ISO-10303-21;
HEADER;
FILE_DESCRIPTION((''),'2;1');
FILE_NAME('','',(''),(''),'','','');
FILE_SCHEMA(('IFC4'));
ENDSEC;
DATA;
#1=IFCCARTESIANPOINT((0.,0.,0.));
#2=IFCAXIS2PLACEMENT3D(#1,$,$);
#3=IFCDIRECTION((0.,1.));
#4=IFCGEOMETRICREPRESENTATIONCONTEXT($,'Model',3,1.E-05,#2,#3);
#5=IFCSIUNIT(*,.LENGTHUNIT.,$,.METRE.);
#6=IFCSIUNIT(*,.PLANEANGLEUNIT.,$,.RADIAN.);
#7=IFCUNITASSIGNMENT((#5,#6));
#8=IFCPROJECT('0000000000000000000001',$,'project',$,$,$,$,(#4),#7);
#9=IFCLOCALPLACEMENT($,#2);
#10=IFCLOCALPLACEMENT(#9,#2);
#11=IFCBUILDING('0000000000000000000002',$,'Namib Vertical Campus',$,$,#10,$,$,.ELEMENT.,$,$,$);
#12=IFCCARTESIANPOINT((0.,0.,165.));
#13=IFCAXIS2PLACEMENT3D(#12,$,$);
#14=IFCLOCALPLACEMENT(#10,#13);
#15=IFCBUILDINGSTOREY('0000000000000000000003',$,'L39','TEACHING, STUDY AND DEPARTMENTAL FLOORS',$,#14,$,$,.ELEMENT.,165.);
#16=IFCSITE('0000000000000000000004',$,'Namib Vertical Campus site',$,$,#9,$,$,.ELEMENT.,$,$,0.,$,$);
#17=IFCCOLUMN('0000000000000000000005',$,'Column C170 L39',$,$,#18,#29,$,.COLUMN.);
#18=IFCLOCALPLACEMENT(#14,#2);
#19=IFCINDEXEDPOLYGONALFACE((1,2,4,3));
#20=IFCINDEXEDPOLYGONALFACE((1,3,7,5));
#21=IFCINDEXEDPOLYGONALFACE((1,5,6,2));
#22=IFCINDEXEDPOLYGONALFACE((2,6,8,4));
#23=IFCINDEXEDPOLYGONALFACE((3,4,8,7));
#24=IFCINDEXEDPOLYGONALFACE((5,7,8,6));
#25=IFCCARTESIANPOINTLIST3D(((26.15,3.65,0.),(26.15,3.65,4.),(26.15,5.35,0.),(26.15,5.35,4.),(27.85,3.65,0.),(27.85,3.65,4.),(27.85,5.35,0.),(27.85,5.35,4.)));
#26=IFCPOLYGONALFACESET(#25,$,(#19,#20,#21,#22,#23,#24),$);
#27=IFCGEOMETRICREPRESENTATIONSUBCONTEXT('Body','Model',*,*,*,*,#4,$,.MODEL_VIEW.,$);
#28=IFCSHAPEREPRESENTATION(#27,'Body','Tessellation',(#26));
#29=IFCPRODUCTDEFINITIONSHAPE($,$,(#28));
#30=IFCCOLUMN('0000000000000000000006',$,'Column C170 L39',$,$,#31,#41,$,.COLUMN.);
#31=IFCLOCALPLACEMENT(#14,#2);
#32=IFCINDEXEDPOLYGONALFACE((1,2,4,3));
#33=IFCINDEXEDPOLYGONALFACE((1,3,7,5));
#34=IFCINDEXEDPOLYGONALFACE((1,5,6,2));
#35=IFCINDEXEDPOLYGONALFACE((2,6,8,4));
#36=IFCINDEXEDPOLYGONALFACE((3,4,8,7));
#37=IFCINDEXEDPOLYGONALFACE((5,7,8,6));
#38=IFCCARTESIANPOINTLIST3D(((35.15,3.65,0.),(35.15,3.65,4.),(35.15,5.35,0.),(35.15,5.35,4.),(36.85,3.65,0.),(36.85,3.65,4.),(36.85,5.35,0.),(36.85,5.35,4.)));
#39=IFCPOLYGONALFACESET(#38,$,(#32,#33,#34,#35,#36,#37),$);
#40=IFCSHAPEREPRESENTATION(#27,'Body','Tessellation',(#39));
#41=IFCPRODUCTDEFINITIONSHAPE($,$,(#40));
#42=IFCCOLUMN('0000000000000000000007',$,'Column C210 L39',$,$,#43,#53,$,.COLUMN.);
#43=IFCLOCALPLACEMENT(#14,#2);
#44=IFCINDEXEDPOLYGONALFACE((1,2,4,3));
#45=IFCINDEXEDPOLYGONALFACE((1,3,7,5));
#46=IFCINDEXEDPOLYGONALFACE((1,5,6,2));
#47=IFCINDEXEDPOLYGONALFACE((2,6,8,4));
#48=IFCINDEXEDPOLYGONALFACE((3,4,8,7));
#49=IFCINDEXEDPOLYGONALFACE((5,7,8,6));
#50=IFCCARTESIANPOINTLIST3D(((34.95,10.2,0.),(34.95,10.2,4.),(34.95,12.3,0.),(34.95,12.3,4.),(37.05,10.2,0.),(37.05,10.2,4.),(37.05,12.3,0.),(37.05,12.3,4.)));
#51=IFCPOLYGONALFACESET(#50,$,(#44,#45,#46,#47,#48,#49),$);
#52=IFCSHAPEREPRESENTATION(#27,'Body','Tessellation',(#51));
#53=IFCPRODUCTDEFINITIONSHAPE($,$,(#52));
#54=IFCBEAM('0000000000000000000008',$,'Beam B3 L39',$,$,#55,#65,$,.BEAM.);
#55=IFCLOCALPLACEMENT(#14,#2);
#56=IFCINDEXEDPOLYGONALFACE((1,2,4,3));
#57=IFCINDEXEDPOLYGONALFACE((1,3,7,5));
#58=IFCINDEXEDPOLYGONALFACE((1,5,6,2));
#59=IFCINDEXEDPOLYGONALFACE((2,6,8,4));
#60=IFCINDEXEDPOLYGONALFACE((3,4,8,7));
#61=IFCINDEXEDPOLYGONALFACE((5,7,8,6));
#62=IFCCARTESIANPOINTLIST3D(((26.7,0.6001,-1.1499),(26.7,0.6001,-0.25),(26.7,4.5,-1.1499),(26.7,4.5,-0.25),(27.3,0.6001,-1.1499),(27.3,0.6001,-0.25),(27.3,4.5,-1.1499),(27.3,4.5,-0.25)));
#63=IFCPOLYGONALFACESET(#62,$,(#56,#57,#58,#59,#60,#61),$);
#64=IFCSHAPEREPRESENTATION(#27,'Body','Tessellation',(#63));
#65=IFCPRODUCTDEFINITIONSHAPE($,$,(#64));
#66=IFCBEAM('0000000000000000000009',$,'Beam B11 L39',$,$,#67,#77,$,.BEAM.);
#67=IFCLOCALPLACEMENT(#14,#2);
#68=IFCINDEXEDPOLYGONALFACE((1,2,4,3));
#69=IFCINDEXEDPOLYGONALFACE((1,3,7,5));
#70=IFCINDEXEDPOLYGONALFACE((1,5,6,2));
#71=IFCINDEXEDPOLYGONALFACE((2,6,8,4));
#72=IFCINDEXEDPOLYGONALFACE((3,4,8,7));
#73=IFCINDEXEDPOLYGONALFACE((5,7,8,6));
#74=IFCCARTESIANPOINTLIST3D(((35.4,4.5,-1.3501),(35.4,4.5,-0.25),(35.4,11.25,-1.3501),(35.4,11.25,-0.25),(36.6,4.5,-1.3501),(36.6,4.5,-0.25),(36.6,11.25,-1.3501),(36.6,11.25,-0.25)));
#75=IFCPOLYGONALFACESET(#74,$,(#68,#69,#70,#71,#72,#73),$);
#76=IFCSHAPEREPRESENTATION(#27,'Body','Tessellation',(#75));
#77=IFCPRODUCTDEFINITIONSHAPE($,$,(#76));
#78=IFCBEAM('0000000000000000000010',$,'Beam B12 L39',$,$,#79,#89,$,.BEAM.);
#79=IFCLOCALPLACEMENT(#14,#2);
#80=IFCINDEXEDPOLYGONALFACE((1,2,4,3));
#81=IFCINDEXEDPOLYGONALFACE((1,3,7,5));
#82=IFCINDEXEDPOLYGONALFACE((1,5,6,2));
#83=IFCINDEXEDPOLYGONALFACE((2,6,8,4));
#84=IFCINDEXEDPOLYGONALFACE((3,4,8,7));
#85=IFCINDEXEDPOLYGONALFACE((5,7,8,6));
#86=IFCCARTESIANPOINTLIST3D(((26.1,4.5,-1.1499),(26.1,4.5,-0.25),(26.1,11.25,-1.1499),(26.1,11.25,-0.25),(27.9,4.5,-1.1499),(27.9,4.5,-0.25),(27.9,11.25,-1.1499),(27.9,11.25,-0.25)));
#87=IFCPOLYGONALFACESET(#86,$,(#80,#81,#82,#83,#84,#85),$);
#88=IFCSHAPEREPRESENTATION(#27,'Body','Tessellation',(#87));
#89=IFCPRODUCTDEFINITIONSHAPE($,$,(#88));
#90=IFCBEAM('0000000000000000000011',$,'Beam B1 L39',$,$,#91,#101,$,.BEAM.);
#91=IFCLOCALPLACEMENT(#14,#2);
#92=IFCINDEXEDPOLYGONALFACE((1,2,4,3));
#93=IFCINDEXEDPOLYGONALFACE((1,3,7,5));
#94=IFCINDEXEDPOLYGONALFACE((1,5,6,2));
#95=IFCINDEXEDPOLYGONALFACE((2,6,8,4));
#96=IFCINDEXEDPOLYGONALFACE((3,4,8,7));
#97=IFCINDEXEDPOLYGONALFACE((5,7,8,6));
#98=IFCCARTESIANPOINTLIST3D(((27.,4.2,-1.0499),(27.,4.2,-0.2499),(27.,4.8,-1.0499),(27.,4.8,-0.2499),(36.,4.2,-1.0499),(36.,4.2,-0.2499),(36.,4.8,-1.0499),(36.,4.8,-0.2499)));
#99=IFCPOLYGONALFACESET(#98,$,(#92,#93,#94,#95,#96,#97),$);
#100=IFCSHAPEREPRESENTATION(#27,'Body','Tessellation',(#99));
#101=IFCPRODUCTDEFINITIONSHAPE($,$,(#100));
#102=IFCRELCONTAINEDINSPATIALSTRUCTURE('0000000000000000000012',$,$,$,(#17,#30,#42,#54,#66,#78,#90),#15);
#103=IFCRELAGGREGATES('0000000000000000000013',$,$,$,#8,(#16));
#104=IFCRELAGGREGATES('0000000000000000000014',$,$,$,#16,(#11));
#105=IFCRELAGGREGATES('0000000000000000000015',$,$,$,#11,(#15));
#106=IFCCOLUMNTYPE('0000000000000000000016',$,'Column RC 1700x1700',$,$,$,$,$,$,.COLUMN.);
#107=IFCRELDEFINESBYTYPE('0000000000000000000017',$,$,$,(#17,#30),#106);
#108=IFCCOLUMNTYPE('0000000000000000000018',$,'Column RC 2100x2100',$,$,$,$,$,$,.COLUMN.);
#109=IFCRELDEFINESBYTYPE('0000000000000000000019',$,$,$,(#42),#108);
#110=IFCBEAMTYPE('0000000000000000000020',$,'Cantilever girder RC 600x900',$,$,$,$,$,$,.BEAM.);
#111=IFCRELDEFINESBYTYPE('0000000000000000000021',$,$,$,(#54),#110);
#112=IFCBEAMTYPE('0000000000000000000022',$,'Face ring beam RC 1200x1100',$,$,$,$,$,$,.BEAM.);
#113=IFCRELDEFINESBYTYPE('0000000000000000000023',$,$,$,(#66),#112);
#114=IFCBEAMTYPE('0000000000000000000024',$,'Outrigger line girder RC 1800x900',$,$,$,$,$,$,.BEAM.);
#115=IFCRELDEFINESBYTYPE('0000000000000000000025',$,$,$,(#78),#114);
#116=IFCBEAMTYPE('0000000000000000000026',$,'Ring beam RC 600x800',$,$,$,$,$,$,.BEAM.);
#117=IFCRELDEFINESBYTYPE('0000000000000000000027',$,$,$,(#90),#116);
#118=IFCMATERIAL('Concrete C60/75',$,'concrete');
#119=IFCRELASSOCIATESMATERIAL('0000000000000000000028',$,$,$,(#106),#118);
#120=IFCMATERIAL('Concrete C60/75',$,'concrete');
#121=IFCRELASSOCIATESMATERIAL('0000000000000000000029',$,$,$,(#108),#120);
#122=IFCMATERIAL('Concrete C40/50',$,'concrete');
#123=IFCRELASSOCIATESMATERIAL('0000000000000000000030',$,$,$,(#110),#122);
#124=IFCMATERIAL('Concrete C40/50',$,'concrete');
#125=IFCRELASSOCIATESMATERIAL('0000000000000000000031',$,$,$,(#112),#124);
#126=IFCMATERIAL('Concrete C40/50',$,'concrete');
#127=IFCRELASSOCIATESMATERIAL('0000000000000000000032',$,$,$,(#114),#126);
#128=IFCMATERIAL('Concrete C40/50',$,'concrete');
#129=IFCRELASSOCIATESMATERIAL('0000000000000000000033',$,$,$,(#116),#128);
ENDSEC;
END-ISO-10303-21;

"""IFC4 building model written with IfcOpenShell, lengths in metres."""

from ifc_helpers import new_model, si_unit, direction, frame, origin, origin_2d, place, context, subcontext, project, spatial, rectangle, extrude, material, material_profile, profile_set, type_object, element, save


model = new_model("IFC4")

# Units and contexts
model_context = context("Model", 3, precision=1e-05, world=origin(), true_north=direction((0.0, 1.0)))
body_context = subcontext(model_context, "Body", "Model", "MODEL_VIEW")
ifc_project = project(units=[si_unit("LENGTHUNIT", "METRE"), si_unit("PLANEANGLEUNIT", "RADIAN")], contexts=[model_context])

# Site, building, storey
site_placement = place(None, origin())
site = spatial("IfcSite", under=ifc_project, at=site_placement, Name="Namib Vertical Campus site", CompositionType="ELEMENT", RefElevation=0.0)
building_placement = place(site_placement, origin())
building = spatial("IfcBuilding", under=site, at=building_placement, Name="Namib Vertical Campus", CompositionType="ELEMENT")
storey_placement = place(building_placement, frame((0.0, 0.0, 165.0)))
storey = spatial("IfcBuildingStorey", under=building, at=storey_placement, Name="L39", Description="TEACHING, STUDY AND DEPARTMENTAL FLOORS", CompositionType="ELEMENT", Elevation=165.0)

# Columns
ifc_material_1 = material(Name="Concrete C60/75", Category="concrete")
ifc_material_profile_1 = material_profile(ifc_material_1, rectangle(XDim=1.7, YDim=1.7, at=origin_2d()))
ifc_profile_set_1 = profile_set([ifc_material_profile_1], Name="Concrete C60/75")
column_type_1 = type_object("IfcColumnType", Name="Column RC 1700x1700", PredefinedType="COLUMN", material=ifc_profile_set_1)
for number, where, z_axis, x_axis, name in (
    (1, (27.0, 4.5, 0.0), (0.0, 0.0, 1.0), (1.0, 0.0, 0.0), "Column C170 L39"),
    (2, (36.0, 4.5, 0.0), (0.0, 0.0, 1.0), (1.0, 0.0, 0.0), "Column C170 L39"),
):
    element("IfcColumn", number, at=place(storey_placement, frame(where, z_axis=z_axis, x_axis=x_axis)), inside=storey, type_object=column_type_1, Name=name, PredefinedType="COLUMN", context=body_context, shape_type="SweptSolid", body=[
        extrude(rectangle(XDim=1.7, YDim=1.7, at=origin_2d()), origin(), (0.0, 0.0, 1.0), 4.0),
    ])
ifc_material_2 = material(Name="Concrete C60/75", Category="concrete")
ifc_material_profile_2 = material_profile(ifc_material_2, rectangle(XDim=2.1001, YDim=2.1001, at=origin_2d()))
ifc_profile_set_2 = profile_set([ifc_material_profile_2], Name="Concrete C60/75")
column_type_2 = type_object("IfcColumnType", Name="Column RC 2100x2100", PredefinedType="COLUMN", material=ifc_profile_set_2)
column_placement = place(storey_placement, frame((36.0, 11.25, 0.0), z_axis=(0.0, 0.0, 1.0), x_axis=(1.0, 0.0, 0.0)))
element("IfcColumn", 3, at=column_placement, inside=storey, type_object=column_type_2, Name="Column C210 L39", PredefinedType="COLUMN", context=body_context, shape_type="SweptSolid", body=[
    extrude(rectangle(XDim=2.1001, YDim=2.1001, at=origin_2d()), origin(), (0.0, 0.0, 1.0), 4.0),
])

# Beams
ifc_material_3 = material(Name="Concrete C40/50", Category="concrete")
ifc_material_profile_3 = material_profile(ifc_material_3, rectangle(XDim=0.6001, YDim=0.8999, at=origin_2d()))
ifc_profile_set_3 = profile_set([ifc_material_profile_3], Name="Concrete C40/50")
beam_type_1 = type_object("IfcBeamType", Name="Cantilever girder RC 600x900", PredefinedType="BEAM", material=ifc_profile_set_3)
beam_1_placement = place(storey_placement, frame((27.0, 4.5, -0.7), z_axis=(0.0, -1.0, 0.0), x_axis=(1.0, 0.0, 0.0)))
element("IfcBeam", 4, at=beam_1_placement, inside=storey, type_object=beam_type_1, Name="Beam B3 L39", PredefinedType="BEAM", context=body_context, shape_type="SweptSolid", body=[
    extrude(rectangle(XDim=0.6001, YDim=0.8999, at=origin_2d()), origin(), (0.0, 0.0, 1.0), 3.8999),
])
ifc_material_4 = material(Name="Concrete C40/50", Category="concrete")
ifc_material_profile_4 = material_profile(ifc_material_4, rectangle(XDim=1.2, YDim=1.1001, at=origin_2d()))
ifc_profile_set_4 = profile_set([ifc_material_profile_4], Name="Concrete C40/50")
beam_type_2 = type_object("IfcBeamType", Name="Face ring beam RC 1200x1100", PredefinedType="BEAM", material=ifc_profile_set_4)
beam_2_placement = place(storey_placement, frame((36.0, 4.5, -0.8), z_axis=(0.0, 1.0, 0.0), x_axis=(-1.0, 0.0, 0.0)))
element("IfcBeam", 5, at=beam_2_placement, inside=storey, type_object=beam_type_2, Name="Beam B11 L39", PredefinedType="BEAM", context=body_context, shape_type="SweptSolid", body=[
    extrude(rectangle(XDim=1.2, YDim=1.1001, at=origin_2d()), origin(), (0.0, 0.0, 1.0), 6.75),
])
ifc_material_5 = material(Name="Concrete C40/50", Category="concrete")
ifc_material_profile_5 = material_profile(ifc_material_5, rectangle(XDim=1.8, YDim=0.8999, at=origin_2d()))
ifc_profile_set_5 = profile_set([ifc_material_profile_5], Name="Concrete C40/50")
beam_type_3 = type_object("IfcBeamType", Name="Outrigger line girder RC 1800x900", PredefinedType="BEAM", material=ifc_profile_set_5)
beam_3_placement = place(storey_placement, frame((27.0, 4.5, -0.7), z_axis=(0.0, 1.0, 0.0), x_axis=(-1.0, 0.0, 0.0)))
element("IfcBeam", 6, at=beam_3_placement, inside=storey, type_object=beam_type_3, Name="Beam B12 L39", PredefinedType="BEAM", context=body_context, shape_type="SweptSolid", body=[
    extrude(rectangle(XDim=1.8, YDim=0.8999, at=origin_2d()), origin(), (0.0, 0.0, 1.0), 6.75),
])
ifc_material_6 = material(Name="Concrete C40/50", Category="concrete")
ifc_material_profile_6 = material_profile(ifc_material_6, rectangle(XDim=0.6001, YDim=0.8, at=origin_2d()))
ifc_profile_set_6 = profile_set([ifc_material_profile_6], Name="Concrete C40/50")
beam_type_4 = type_object("IfcBeamType", Name="Ring beam RC 600x800", PredefinedType="BEAM", material=ifc_profile_set_6)
beam_4_placement = place(storey_placement, frame((27.0, 4.5, -0.6499), z_axis=(1.0, 0.0, 0.0), x_axis=(0.0, 1.0, 0.0)))
element("IfcBeam", 7, at=beam_4_placement, inside=storey, type_object=beam_type_4, Name="Beam B1 L39", PredefinedType="BEAM", context=body_context, shape_type="SweptSolid", body=[
    extrude(rectangle(XDim=0.6001, YDim=0.8, at=origin_2d()), origin(), (0.0, 0.0, 1.0), 9.0),
])

save(model, "model.ifc")
